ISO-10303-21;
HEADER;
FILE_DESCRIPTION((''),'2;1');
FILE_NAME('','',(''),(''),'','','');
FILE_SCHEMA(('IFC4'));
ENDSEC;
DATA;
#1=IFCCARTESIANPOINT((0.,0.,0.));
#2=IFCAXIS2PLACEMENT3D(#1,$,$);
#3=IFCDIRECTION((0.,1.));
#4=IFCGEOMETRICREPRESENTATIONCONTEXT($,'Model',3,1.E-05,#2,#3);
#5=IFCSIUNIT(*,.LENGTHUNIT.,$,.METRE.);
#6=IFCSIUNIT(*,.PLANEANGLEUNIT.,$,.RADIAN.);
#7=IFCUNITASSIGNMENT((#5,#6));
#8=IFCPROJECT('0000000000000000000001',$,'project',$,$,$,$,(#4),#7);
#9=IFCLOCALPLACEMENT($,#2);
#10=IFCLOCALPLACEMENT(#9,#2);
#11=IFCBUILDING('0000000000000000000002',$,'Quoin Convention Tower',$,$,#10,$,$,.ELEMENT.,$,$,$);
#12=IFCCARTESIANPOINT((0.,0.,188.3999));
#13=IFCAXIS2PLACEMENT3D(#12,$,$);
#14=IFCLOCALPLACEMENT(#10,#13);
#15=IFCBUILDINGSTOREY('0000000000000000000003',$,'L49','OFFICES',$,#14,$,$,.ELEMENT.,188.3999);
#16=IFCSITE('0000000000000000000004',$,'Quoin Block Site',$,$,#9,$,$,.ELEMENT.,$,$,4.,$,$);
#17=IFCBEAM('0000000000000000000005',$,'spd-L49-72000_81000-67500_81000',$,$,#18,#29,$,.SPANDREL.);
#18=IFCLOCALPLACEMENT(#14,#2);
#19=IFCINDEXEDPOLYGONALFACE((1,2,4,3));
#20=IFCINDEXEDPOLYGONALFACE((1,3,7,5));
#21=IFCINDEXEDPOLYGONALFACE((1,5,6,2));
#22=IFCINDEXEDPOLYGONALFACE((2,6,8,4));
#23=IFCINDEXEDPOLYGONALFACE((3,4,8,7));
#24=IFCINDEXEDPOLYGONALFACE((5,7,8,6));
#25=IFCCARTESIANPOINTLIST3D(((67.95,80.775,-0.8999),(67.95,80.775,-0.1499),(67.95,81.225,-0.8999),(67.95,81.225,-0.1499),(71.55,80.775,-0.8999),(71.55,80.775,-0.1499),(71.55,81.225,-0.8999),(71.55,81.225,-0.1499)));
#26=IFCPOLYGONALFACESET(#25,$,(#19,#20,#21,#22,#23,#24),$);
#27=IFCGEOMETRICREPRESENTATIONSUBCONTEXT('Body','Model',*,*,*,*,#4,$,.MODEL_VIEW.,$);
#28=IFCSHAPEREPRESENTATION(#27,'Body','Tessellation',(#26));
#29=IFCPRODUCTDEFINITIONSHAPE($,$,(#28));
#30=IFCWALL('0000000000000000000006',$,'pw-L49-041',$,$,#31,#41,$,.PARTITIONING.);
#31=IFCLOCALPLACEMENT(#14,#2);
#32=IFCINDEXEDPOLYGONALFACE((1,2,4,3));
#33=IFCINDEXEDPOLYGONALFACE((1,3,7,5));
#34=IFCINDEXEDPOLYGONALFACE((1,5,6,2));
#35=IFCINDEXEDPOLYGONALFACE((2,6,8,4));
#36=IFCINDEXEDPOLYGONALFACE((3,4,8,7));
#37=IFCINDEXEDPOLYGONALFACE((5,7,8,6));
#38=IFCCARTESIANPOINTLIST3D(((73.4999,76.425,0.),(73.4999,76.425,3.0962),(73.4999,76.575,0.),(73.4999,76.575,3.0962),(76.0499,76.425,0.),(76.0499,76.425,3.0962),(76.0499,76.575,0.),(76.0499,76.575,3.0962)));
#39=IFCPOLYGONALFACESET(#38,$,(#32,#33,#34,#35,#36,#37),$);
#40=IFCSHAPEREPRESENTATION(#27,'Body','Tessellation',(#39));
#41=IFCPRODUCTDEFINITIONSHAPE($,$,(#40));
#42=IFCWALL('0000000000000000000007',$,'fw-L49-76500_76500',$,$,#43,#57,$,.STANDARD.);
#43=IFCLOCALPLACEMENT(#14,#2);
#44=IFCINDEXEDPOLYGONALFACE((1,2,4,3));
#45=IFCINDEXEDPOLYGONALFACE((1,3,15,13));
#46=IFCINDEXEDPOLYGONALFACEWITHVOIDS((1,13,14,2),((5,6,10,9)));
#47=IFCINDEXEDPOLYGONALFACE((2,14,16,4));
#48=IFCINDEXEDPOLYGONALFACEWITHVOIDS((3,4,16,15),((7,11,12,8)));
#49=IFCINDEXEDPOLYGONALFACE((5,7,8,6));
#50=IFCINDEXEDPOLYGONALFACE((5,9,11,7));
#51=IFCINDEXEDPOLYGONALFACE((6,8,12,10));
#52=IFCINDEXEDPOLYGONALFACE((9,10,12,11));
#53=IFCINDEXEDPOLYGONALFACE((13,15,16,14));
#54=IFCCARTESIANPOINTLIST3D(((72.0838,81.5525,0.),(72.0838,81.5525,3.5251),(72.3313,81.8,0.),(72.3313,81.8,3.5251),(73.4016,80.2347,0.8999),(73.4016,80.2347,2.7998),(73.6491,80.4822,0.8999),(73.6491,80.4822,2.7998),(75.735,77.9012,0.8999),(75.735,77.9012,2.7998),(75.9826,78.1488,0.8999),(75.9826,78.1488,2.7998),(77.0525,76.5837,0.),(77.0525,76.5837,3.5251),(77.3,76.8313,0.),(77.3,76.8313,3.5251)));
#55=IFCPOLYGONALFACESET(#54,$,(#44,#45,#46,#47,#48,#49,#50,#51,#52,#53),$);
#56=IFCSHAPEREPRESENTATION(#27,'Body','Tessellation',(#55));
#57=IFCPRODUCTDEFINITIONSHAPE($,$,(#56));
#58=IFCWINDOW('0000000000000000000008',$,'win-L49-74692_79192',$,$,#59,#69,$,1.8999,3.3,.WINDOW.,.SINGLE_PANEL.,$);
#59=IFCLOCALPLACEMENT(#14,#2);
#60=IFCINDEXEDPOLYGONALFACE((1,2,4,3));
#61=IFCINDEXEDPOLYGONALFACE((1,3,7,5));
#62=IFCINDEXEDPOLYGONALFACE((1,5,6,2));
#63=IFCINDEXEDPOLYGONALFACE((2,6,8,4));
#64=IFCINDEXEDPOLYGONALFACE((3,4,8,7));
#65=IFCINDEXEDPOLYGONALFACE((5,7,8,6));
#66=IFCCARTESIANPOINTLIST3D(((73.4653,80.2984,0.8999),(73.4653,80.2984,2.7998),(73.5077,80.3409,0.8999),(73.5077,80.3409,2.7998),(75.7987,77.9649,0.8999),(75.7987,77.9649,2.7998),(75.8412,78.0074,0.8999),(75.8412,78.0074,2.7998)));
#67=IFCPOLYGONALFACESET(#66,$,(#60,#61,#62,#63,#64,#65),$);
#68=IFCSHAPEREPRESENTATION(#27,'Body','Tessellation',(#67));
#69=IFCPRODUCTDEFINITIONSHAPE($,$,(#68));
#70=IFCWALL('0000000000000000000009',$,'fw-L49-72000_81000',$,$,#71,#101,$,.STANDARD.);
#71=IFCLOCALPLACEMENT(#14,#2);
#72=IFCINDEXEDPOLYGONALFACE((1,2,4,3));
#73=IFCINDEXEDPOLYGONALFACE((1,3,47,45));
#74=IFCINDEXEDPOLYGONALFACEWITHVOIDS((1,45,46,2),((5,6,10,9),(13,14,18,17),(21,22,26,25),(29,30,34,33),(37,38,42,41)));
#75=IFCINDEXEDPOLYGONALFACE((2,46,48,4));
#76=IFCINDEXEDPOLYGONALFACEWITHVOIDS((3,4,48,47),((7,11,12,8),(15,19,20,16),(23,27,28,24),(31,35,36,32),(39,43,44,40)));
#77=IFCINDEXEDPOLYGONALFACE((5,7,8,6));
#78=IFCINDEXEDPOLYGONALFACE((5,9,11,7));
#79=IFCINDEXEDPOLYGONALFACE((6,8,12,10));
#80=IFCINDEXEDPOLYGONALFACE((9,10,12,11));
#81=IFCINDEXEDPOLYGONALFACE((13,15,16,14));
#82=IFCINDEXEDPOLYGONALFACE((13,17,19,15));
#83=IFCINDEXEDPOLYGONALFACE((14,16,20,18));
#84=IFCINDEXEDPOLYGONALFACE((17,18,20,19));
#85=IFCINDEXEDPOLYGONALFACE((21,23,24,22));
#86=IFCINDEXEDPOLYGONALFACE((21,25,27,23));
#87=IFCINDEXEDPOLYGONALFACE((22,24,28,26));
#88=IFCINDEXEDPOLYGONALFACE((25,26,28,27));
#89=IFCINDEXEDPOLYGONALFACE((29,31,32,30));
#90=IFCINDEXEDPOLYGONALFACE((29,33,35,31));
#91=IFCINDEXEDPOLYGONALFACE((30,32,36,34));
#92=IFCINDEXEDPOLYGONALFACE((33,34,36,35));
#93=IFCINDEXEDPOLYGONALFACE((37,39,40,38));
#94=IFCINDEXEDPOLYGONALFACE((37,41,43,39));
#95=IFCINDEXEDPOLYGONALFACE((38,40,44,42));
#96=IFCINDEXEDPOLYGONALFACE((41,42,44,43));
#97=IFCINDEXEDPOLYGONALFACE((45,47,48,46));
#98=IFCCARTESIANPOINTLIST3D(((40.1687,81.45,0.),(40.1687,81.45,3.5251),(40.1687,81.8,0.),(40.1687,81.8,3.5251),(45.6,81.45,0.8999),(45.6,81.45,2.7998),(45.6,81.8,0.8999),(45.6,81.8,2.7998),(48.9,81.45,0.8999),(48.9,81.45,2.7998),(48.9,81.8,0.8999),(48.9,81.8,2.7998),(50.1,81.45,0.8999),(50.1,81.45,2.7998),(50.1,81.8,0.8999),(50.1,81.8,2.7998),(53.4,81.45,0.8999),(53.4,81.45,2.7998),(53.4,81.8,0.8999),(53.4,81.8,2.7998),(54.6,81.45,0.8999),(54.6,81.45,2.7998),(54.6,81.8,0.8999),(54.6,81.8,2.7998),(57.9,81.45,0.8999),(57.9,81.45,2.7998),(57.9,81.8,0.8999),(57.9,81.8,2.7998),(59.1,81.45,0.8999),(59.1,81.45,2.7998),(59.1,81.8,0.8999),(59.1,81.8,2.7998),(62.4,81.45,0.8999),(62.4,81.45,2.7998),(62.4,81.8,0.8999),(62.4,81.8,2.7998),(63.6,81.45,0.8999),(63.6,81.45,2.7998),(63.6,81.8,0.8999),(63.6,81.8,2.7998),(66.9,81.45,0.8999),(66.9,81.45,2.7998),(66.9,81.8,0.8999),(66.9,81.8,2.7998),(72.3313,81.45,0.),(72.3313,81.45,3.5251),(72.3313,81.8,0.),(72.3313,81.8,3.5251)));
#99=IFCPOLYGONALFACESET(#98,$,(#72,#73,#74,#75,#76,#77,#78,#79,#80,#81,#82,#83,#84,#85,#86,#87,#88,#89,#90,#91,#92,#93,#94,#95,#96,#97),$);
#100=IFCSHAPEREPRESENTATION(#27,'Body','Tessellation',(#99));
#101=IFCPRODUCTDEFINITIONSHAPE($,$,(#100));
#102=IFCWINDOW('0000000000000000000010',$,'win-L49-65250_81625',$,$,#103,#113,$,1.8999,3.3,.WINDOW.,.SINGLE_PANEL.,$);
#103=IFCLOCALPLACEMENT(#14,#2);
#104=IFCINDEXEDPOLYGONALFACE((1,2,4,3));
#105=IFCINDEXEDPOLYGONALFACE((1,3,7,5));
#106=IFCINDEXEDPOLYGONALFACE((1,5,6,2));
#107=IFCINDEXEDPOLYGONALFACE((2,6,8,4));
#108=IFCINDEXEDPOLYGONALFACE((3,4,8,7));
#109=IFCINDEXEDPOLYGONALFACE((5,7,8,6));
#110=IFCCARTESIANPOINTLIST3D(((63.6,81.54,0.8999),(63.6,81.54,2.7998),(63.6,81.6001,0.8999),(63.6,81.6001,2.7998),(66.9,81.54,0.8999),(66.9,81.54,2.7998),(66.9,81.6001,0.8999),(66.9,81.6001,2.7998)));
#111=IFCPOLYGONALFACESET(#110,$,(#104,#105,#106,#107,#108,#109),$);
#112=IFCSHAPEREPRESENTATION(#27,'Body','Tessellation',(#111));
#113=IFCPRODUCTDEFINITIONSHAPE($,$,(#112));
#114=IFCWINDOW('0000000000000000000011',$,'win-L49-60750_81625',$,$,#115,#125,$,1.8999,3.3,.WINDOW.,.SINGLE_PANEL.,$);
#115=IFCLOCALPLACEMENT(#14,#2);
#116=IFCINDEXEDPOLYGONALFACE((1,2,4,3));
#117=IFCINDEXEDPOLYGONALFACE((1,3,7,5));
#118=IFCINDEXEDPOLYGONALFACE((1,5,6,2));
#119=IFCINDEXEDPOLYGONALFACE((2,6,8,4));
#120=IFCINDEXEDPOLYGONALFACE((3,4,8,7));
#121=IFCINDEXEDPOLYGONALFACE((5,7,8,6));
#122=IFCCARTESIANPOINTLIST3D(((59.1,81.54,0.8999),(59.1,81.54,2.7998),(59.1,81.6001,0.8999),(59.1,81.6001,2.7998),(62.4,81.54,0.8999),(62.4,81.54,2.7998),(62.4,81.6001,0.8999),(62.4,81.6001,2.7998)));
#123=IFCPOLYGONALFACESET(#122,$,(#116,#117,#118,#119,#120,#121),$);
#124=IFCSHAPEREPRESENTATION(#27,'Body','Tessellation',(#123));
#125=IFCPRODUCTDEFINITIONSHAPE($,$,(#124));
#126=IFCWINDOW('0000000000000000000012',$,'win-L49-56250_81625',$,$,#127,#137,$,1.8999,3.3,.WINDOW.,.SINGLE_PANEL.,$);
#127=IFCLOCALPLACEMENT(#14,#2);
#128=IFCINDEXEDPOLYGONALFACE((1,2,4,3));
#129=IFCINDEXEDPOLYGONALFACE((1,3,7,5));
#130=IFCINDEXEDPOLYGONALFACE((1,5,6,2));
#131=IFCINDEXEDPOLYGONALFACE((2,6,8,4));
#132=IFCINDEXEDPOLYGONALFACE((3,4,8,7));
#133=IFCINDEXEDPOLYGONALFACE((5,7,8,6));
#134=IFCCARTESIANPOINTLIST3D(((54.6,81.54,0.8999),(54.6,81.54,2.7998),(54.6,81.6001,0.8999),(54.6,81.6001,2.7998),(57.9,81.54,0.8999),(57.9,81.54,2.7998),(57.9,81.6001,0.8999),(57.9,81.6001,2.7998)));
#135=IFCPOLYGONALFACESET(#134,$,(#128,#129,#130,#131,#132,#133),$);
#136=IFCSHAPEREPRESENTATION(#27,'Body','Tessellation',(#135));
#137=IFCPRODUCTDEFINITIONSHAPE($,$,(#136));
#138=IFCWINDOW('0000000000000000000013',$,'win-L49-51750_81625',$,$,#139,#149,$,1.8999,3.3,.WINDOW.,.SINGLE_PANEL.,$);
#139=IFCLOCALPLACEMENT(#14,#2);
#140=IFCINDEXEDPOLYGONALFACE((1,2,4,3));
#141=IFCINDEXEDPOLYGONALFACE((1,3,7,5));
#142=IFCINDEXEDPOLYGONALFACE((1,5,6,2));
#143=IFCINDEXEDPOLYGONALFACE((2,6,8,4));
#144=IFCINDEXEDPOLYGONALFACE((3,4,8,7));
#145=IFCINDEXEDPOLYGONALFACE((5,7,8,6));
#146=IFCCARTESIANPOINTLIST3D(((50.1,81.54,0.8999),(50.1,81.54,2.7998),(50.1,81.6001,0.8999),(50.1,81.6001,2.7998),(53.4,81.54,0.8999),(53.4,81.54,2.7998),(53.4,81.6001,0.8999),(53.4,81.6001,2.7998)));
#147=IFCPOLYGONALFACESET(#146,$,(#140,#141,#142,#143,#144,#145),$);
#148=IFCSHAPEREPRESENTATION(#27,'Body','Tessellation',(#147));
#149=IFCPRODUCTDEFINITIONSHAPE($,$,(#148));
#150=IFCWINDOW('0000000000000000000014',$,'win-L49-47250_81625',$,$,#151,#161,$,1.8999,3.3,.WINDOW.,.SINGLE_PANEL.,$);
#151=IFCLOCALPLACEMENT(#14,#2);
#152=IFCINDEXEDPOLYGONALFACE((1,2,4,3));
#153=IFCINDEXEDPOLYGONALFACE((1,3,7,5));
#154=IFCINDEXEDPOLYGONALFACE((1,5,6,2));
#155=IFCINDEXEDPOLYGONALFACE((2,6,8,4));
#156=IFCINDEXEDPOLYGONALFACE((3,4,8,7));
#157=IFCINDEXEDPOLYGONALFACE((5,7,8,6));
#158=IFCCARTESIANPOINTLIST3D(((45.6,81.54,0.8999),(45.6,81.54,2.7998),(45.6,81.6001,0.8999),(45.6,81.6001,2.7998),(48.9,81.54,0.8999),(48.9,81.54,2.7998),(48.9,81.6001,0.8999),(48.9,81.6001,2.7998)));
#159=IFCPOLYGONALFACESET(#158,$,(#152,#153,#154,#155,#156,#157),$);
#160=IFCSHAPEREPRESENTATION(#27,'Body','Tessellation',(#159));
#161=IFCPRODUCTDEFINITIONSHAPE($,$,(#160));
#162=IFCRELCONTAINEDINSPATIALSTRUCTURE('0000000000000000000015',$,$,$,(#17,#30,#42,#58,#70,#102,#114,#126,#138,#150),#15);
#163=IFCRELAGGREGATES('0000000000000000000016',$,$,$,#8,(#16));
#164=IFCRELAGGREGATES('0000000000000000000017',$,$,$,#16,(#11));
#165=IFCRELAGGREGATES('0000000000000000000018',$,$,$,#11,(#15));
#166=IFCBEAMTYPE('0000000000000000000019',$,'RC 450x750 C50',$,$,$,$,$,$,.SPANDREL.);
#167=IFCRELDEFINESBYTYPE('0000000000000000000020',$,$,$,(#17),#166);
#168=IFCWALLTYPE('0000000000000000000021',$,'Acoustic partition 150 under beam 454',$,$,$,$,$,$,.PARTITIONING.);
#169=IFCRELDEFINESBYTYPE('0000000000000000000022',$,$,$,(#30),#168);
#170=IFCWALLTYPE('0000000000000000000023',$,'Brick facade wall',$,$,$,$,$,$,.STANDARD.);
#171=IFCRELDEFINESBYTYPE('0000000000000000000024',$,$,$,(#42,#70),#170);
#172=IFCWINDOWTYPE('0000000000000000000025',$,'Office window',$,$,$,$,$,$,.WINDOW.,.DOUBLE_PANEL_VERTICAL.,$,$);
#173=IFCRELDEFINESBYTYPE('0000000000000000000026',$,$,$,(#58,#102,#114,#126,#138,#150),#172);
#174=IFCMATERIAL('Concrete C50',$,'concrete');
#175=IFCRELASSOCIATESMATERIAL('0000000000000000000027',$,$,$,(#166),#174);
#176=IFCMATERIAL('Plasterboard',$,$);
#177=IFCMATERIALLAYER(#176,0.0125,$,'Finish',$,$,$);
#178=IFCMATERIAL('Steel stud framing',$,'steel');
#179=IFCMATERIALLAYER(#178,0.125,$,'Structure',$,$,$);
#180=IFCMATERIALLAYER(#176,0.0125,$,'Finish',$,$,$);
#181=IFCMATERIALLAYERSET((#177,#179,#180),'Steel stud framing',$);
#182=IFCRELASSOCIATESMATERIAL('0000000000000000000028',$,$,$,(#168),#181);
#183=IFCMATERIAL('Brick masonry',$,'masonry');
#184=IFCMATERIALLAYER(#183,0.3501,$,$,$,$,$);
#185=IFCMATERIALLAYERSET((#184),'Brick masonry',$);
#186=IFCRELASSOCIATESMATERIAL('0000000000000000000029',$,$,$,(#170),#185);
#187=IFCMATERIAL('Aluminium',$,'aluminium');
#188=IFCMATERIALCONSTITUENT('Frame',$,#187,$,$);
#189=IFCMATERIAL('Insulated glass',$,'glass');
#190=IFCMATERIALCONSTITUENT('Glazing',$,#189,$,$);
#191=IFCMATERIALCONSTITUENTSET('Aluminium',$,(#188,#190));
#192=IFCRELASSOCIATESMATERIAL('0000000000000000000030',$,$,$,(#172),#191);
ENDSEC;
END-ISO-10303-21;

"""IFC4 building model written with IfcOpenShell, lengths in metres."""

from ifc_helpers import new_model, si_unit, direction, frame, frame_2d, origin, origin_2d, place, context, subcontext, project, spatial, rectangle, extrude, material, layer, layer_set, constituent, constituent_set, material_profile, profile_set, type_object, element, fill, save


model = new_model("IFC4")

# Units and contexts
model_context = context("Model", 3, precision=1e-05, world=origin(), true_north=direction((0.0, 1.0)))
body_context = subcontext(model_context, "Body", "Model", "MODEL_VIEW")
ifc_project = project(units=[si_unit("LENGTHUNIT", "METRE"), si_unit("PLANEANGLEUNIT", "RADIAN")], contexts=[model_context])

# Site, building, storey
site_placement = place(None, origin())
site = spatial("IfcSite", under=ifc_project, at=site_placement, Name="Quoin Block Site", CompositionType="ELEMENT", RefElevation=4.0)
building_placement = place(site_placement, origin())
building = spatial("IfcBuilding", under=site, at=building_placement, Name="Quoin Convention Tower", CompositionType="ELEMENT")
storey_placement = place(building_placement, frame((0.0, 0.0, 188.3999)))
storey = spatial("IfcBuildingStorey", under=building, at=storey_placement, Name="L49", Description="OFFICES", CompositionType="ELEMENT", Elevation=188.3999)

# Shared definitions
ifc_material_1 = material(Name="Concrete C50", Category="concrete")

# Beam
ifc_material_profile_1 = material_profile(ifc_material_1, rectangle(XDim=0.45, YDim=0.75, at=origin_2d()), Name="RC 450x750")
ifc_profile_set_1 = profile_set([ifc_material_profile_1], Name="Concrete C50")
beam_type = type_object("IfcBeamType", Name="RC 450x750 C50", PredefinedType="SPANDREL", material=ifc_profile_set_1)
beam_1_placement = place(storey_placement, frame((71.55, 81.0, -0.5249), z_axis=(-1.0, 0.0, 0.0), x_axis=(0.0, -1.0, 0.0)))
element("IfcBeam", 1, at=beam_1_placement, inside=storey, type_object=beam_type, Name="spd-L49-72000_81000-67500_81000", PredefinedType="SPANDREL", context=body_context, shape_type="SweptSolid", body=[
    extrude(rectangle(XDim=0.45, YDim=0.75, at=origin_2d()), origin(), (0.0, 0.0, 1.0), 3.6001),
])

# Wall
ifc_material_2 = material(Name="Plasterboard")
ifc_layer_1 = layer(ifc_material_2, 0.0125, Name="Finish")
ifc_material_3 = material(Name="Steel stud framing", Category="steel")
ifc_layer_2 = layer(ifc_material_3, 0.125, Name="Structure")
ifc_layer_3 = layer(ifc_material_2, 0.0125, Name="Finish")
ifc_layer_set_1 = layer_set([ifc_layer_1, ifc_layer_2, ifc_layer_3], Name="Steel stud framing")
wall_type_1 = type_object("IfcWallType", Name="Acoustic partition 150 under beam 454", PredefinedType="PARTITIONING", material=ifc_layer_set_1)
wall_1_placement = place(storey_placement, frame((73.5, 76.5, 0.0), z_axis=(0.0, 0.0, 1.0), x_axis=(1.0, 0.0, 0.0)))
element("IfcWall", 2, at=wall_1_placement, inside=storey, type_object=wall_type_1, Name="pw-L49-041", PredefinedType="PARTITIONING", context=body_context, shape_type="SweptSolid", body=[
    extrude(rectangle(XDim=2.55, YDim=0.1499, at=frame_2d((1.2749, 0.0))), origin(), (0.0, 0.0, 1.0), 3.0962),
])

# Wall, opening, window
ifc_material_4 = material(Name="Brick masonry", Category="masonry")
ifc_layer_4 = layer(ifc_material_4, 0.3501)
ifc_layer_set_2 = layer_set([ifc_layer_4], Name="Brick masonry")
wall_type_2 = type_object("IfcWallType", Name="Brick facade wall", PredefinedType="STANDARD", material=ifc_layer_set_2)
wall_2_placement = place(storey_placement, frame((77.1763, 76.7075, 0.0), z_axis=(0.0, 0.0, 1.0), x_axis=(-0.707107, 0.707107, 0.0)))
wall_2 = element("IfcWall", 3, at=wall_2_placement, inside=storey, type_object=wall_type_2, Name="fw-L49-76500_76500", PredefinedType="STANDARD", context=body_context, shape_type="SweptSolid", body=[
    extrude(rectangle(XDim=7.0269, YDim=0.3501, at=frame_2d((3.5134, 0.0))), origin(), (0.0, 0.0, 1.0), 3.5251),
])
opening_1_placement = place(wall_2_placement, frame((1.8633, 0.0, 0.8999)))
opening_1 = element("IfcOpeningElement", 4, at=opening_1_placement, cuts=wall_2, PredefinedType="OPENING", context=body_context, shape_type="SweptSolid", body=[
    extrude(rectangle(XDim=3.3, YDim=1.8999, at=frame_2d((1.6499, 0.95))), frame((0.0, 0.1851, 0.0), z_axis=(0.0, -1.0, 0.0), x_axis=(1.0, 0.0, 0.0)), (0.0, 0.0, 1.0), 0.3701),
])
ifc_material_5 = material(Name="Aluminium", Category="aluminium")
ifc_constituent_1 = constituent(ifc_material_5, Name="Frame")
ifc_material_6 = material(Name="Insulated glass", Category="glass")
ifc_constituent_2 = constituent(ifc_material_6, Name="Glazing")
ifc_constituent_set = constituent_set(constituents=[ifc_constituent_1, ifc_constituent_2], Name="Aluminium")
window_type = type_object("IfcWindowType", Name="Office window", PartitioningType="DOUBLE_PANEL_VERTICAL", PredefinedType="WINDOW", material=ifc_constituent_set)
window_1_placement = place(opening_1_placement, origin())
window_1 = element("IfcWindow", 5, at=window_1_placement, inside=storey, type_object=window_type, Name="win-L49-74692_79192", OverallHeight=1.8999, OverallWidth=3.3, PartitioningType="SINGLE_PANEL", PredefinedType="WINDOW", context=body_context, shape_type="SweptSolid", body=[
    extrude(rectangle(XDim=3.3, YDim=1.8999, at=frame_2d((1.6499, 0.95))), frame((0.0, 0.085, 0.0), z_axis=(0.0, -1.0, 0.0), x_axis=(1.0, 0.0, 0.0)), (0.0, 0.0, 1.0), 0.0601),
])
fill(opening_1, window_1)

# Wall, openings, windows
wall_3_placement = place(storey_placement, frame((72.3313, 81.625, 0.0), z_axis=(0.0, 0.0, 1.0), x_axis=(-1.0, 0.0, 0.0)))
wall_3 = element("IfcWall", 6, at=wall_3_placement, inside=storey, type_object=wall_type_2, Name="fw-L49-72000_81000", PredefinedType="STANDARD", context=body_context, shape_type="SweptSolid", body=[
    extrude(rectangle(XDim=32.1626, YDim=0.3501, at=frame_2d((16.0813, 0.0))), origin(), (0.0, 0.0, 1.0), 3.5251),
])
opening_2_placement = place(wall_3_placement, frame((5.4314, 0.0, 0.8999)))
opening_2 = element("IfcOpeningElement", 7, at=opening_2_placement, cuts=wall_3, PredefinedType="OPENING", context=body_context, shape_type="SweptSolid", body=[
    extrude(rectangle(XDim=3.3, YDim=1.8999, at=frame_2d((1.6499, 0.95))), frame((0.0, 0.1851, 0.0), z_axis=(0.0, -1.0, 0.0), x_axis=(1.0, 0.0, 0.0)), (0.0, 0.0, 1.0), 0.3701),
])
opening_3_placement = place(wall_3_placement, frame((9.9314, 0.0, 0.8999)))
opening_3 = element("IfcOpeningElement", 8, at=opening_3_placement, cuts=wall_3, PredefinedType="OPENING", context=body_context, shape_type="SweptSolid", body=[
    extrude(rectangle(XDim=3.3, YDim=1.8999, at=frame_2d((1.6499, 0.95))), frame((0.0, 0.1851, 0.0), z_axis=(0.0, -1.0, 0.0), x_axis=(1.0, 0.0, 0.0)), (0.0, 0.0, 1.0), 0.3701),
])
opening_4_placement = place(wall_3_placement, frame((14.4314, 0.0, 0.8999)))
opening_4 = element("IfcOpeningElement", 9, at=opening_4_placement, cuts=wall_3, PredefinedType="OPENING", context=body_context, shape_type="SweptSolid", body=[
    extrude(rectangle(XDim=3.3, YDim=1.8999, at=frame_2d((1.6499, 0.95))), frame((0.0, 0.1851, 0.0), z_axis=(0.0, -1.0, 0.0), x_axis=(1.0, 0.0, 0.0)), (0.0, 0.0, 1.0), 0.3701),
])
opening_5_placement = place(wall_3_placement, frame((18.9314, 0.0, 0.8999)))
opening_5 = element("IfcOpeningElement", 10, at=opening_5_placement, cuts=wall_3, PredefinedType="OPENING", context=body_context, shape_type="SweptSolid", body=[
    extrude(rectangle(XDim=3.3, YDim=1.8999, at=frame_2d((1.6499, 0.95))), frame((0.0, 0.1851, 0.0), z_axis=(0.0, -1.0, 0.0), x_axis=(1.0, 0.0, 0.0)), (0.0, 0.0, 1.0), 0.3701),
])
opening_6_placement = place(wall_3_placement, frame((23.4314, 0.0, 0.8999)))
opening_6 = element("IfcOpeningElement", 11, at=opening_6_placement, cuts=wall_3, PredefinedType="OPENING", context=body_context, shape_type="SweptSolid", body=[
    extrude(rectangle(XDim=3.3, YDim=1.8999, at=frame_2d((1.6499, 0.95))), frame((0.0, 0.1851, 0.0), z_axis=(0.0, -1.0, 0.0), x_axis=(1.0, 0.0, 0.0)), (0.0, 0.0, 1.0), 0.3701),
])
window_2_placement = place(opening_2_placement, origin())
window_2 = element("IfcWindow", 12, at=window_2_placement, inside=storey, type_object=window_type, Name="win-L49-65250_81625", OverallHeight=1.8999, OverallWidth=3.3, PartitioningType="SINGLE_PANEL", PredefinedType="WINDOW", context=body_context, shape_type="SweptSolid", body=[
    extrude(rectangle(XDim=3.3, YDim=1.8999, at=frame_2d((1.6499, 0.95))), frame((0.0, 0.085, 0.0), z_axis=(0.0, -1.0, 0.0), x_axis=(1.0, 0.0, 0.0)), (0.0, 0.0, 1.0), 0.0601),
])
fill(opening_2, window_2)
window_3_placement = place(opening_3_placement, origin())
window_3 = element("IfcWindow", 13, at=window_3_placement, inside=storey, type_object=window_type, Name="win-L49-60750_81625", OverallHeight=1.8999, OverallWidth=3.3, PartitioningType="SINGLE_PANEL", PredefinedType="WINDOW", context=body_context, shape_type="SweptSolid", body=[
    extrude(rectangle(XDim=3.3, YDim=1.8999, at=frame_2d((1.6499, 0.95))), frame((0.0, 0.085, 0.0), z_axis=(0.0, -1.0, 0.0), x_axis=(1.0, 0.0, 0.0)), (0.0, 0.0, 1.0), 0.0601),
])
fill(opening_3, window_3)
window_4_placement = place(opening_4_placement, origin())
window_4 = element("IfcWindow", 14, at=window_4_placement, inside=storey, type_object=window_type, Name="win-L49-56250_81625", OverallHeight=1.8999, OverallWidth=3.3, PartitioningType="SINGLE_PANEL", PredefinedType="WINDOW", context=body_context, shape_type="SweptSolid", body=[
    extrude(rectangle(XDim=3.3, YDim=1.8999, at=frame_2d((1.6499, 0.95))), frame((0.0, 0.085, 0.0), z_axis=(0.0, -1.0, 0.0), x_axis=(1.0, 0.0, 0.0)), (0.0, 0.0, 1.0), 0.0601),
])
fill(opening_4, window_4)
window_5_placement = place(opening_5_placement, origin())
window_5 = element("IfcWindow", 15, at=window_5_placement, inside=storey, type_object=window_type, Name="win-L49-51750_81625", OverallHeight=1.8999, OverallWidth=3.3, PartitioningType="SINGLE_PANEL", PredefinedType="WINDOW", context=body_context, shape_type="SweptSolid", body=[
    extrude(rectangle(XDim=3.3, YDim=1.8999, at=frame_2d((1.6499, 0.95))), frame((0.0, 0.085, 0.0), z_axis=(0.0, -1.0, 0.0), x_axis=(1.0, 0.0, 0.0)), (0.0, 0.0, 1.0), 0.0601),
])
fill(opening_5, window_5)
window_6_placement = place(opening_6_placement, origin())
window_6 = element("IfcWindow", 16, at=window_6_placement, inside=storey, type_object=window_type, Name="win-L49-47250_81625", OverallHeight=1.8999, OverallWidth=3.3, PartitioningType="SINGLE_PANEL", PredefinedType="WINDOW", context=body_context, shape_type="SweptSolid", body=[
    extrude(rectangle(XDim=3.3, YDim=1.8999, at=frame_2d((1.6499, 0.95))), frame((0.0, 0.085, 0.0), z_axis=(0.0, -1.0, 0.0), x_axis=(1.0, 0.0, 0.0)), (0.0, 0.0, 1.0), 0.0601),
])
fill(opening_6, window_6)

save(model, "model.ifc")
